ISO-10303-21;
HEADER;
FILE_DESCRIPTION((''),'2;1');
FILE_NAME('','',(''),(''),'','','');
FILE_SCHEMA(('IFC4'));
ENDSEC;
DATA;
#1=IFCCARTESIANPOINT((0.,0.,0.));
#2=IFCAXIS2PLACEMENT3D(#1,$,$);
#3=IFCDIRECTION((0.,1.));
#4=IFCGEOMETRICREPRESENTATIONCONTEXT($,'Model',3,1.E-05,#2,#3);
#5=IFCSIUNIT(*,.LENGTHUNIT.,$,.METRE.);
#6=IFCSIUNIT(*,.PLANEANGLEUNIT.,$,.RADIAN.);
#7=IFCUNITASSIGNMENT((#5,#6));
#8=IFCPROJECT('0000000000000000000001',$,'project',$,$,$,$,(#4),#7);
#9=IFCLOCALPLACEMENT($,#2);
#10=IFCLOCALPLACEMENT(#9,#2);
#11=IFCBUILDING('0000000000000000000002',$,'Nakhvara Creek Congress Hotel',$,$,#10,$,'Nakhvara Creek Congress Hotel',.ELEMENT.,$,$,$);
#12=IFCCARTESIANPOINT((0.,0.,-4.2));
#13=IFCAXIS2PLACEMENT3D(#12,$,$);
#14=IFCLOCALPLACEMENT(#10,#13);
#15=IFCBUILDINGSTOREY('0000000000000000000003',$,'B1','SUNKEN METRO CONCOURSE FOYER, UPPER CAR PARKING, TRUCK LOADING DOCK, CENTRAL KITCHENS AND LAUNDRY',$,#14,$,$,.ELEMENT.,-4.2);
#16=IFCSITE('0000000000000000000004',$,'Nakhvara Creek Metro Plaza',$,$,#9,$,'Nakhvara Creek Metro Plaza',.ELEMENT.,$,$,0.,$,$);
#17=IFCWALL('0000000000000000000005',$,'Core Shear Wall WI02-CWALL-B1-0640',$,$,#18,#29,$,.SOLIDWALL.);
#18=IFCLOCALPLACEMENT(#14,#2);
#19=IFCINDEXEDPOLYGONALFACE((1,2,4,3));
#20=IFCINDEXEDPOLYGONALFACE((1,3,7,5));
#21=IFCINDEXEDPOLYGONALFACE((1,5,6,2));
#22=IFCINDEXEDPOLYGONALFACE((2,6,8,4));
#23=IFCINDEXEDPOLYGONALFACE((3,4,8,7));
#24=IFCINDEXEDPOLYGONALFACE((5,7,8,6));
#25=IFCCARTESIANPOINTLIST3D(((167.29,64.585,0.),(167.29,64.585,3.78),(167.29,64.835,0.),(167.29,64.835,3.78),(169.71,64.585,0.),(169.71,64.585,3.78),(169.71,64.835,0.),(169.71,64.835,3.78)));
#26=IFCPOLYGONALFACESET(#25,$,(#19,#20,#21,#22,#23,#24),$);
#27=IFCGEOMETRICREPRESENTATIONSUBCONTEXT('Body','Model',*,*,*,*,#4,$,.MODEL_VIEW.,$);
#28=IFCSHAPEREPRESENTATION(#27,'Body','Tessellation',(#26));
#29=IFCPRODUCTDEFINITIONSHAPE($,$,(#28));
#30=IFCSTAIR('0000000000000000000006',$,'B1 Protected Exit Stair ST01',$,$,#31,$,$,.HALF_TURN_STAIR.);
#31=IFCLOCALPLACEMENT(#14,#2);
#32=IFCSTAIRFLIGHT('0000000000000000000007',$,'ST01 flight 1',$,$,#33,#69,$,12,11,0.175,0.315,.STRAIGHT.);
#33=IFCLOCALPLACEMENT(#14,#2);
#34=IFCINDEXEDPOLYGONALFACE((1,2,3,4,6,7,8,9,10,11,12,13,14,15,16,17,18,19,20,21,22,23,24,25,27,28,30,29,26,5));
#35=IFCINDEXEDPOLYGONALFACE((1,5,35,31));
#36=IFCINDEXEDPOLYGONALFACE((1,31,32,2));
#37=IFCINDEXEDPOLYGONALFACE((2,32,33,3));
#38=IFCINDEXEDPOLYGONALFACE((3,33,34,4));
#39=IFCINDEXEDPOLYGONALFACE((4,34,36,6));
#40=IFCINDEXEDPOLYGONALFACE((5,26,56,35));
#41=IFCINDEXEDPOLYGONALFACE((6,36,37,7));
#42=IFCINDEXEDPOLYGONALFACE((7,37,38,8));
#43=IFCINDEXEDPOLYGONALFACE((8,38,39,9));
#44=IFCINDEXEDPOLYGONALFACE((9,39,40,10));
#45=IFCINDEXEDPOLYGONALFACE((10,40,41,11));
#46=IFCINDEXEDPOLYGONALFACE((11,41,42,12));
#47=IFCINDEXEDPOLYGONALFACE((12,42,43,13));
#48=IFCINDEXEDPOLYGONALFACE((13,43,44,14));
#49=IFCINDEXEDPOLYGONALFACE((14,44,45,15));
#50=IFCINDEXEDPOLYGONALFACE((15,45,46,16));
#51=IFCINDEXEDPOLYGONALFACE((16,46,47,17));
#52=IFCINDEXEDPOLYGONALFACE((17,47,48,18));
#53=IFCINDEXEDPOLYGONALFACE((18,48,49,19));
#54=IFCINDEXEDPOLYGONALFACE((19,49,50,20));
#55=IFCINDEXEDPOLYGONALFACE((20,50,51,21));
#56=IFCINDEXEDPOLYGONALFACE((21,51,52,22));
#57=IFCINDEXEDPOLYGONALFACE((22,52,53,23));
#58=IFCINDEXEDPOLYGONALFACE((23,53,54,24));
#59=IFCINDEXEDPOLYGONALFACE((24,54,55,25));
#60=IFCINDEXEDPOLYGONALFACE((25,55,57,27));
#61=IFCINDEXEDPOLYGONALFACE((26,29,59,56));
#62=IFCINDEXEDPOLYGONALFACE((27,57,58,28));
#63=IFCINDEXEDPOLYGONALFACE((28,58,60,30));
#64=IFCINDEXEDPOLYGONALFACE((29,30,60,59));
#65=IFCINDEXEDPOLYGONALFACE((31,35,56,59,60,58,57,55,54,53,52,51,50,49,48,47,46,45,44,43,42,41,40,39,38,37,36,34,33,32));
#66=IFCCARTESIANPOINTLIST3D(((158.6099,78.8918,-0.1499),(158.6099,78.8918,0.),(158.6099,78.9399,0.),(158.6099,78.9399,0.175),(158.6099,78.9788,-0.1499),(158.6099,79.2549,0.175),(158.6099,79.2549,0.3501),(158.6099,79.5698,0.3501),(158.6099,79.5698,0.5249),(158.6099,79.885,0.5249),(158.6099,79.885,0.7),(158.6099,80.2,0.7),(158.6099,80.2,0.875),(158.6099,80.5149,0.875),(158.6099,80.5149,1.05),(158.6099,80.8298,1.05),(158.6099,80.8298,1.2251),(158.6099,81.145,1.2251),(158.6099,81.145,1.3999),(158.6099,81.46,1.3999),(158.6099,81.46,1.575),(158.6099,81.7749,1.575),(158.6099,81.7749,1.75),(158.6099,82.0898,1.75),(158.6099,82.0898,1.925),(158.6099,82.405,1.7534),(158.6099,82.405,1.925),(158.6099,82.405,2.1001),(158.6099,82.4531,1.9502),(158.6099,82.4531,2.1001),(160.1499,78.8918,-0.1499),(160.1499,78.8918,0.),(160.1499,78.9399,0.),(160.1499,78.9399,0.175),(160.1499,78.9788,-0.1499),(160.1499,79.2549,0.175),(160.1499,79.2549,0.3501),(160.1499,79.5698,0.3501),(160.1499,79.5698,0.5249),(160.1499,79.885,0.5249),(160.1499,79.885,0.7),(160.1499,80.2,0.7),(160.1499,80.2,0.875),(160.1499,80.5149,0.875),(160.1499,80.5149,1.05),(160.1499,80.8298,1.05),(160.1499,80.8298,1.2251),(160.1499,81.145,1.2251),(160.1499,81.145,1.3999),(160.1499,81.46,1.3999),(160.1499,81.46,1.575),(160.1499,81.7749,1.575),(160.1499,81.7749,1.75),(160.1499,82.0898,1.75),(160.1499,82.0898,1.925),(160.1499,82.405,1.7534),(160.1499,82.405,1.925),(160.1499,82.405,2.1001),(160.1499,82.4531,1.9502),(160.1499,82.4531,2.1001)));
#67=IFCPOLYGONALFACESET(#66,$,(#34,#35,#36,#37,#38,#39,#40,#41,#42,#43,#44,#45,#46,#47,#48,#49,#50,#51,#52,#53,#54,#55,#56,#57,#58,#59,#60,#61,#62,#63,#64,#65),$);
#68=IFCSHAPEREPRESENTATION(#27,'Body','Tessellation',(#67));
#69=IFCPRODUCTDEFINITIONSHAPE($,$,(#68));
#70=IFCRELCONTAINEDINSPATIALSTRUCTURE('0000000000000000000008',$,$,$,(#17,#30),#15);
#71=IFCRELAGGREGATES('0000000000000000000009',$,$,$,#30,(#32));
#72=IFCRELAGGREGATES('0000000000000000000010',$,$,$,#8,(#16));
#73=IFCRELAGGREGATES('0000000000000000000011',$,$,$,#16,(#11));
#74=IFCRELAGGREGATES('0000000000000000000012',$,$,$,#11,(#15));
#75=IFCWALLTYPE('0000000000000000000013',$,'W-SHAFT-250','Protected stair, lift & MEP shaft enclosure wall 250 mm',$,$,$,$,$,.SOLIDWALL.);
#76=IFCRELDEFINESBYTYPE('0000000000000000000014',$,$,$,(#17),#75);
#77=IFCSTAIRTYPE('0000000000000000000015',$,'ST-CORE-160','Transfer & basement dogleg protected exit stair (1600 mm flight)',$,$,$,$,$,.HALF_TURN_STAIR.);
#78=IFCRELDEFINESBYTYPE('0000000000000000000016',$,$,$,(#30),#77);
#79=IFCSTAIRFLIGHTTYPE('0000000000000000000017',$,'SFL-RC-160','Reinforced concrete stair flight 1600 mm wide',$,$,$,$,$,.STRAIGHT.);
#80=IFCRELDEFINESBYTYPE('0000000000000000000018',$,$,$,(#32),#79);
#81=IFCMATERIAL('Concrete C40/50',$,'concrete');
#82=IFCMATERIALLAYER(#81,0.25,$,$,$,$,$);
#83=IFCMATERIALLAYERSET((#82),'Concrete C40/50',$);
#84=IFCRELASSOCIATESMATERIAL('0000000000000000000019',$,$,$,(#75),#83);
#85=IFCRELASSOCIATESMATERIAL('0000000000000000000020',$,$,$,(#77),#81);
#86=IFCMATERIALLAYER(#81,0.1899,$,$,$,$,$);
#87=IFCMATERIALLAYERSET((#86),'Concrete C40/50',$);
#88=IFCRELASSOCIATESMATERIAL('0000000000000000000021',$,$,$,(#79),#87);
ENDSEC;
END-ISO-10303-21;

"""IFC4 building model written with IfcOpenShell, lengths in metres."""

from ifc_helpers import new_model, si_unit, direction, frame, frame_2d, origin, place, context, subcontext, project, spatial, polyline, rectangle, outline, extrude, material, layer, layer_set, type_object, element, aggregate, save


model = new_model("IFC4")

# Units and contexts
model_context = context("Model", 3, precision=1e-05, world=origin(), true_north=direction((0.0, 1.0)))
body_context = subcontext(model_context, "Body", "Model", "MODEL_VIEW")
ifc_project = project(units=[si_unit("LENGTHUNIT", "METRE"), si_unit("PLANEANGLEUNIT", "RADIAN")], contexts=[model_context])

# Site, building, storey
site_placement = place(None, origin())
site = spatial("IfcSite", under=ifc_project, at=site_placement, Name="Nakhvara Creek Metro Plaza", LongName="Nakhvara Creek Metro Plaza", CompositionType="ELEMENT", RefElevation=0.0)
building_placement = place(site_placement, origin())
building = spatial("IfcBuilding", under=site, at=building_placement, Name="Nakhvara Creek Congress Hotel", LongName="Nakhvara Creek Congress Hotel", CompositionType="ELEMENT")
storey_placement = place(building_placement, frame((0.0, 0.0, -4.2)))
storey = spatial("IfcBuildingStorey", under=building, at=storey_placement, Name="B1", Description="SUNKEN METRO CONCOURSE FOYER, UPPER CAR PARKING, TRUCK LOADING DOCK, CENTRAL KITCHENS AND LAUNDRY", CompositionType="ELEMENT", Elevation=-4.2)

# Shared definitions
ifc_material_1 = material(Name="Concrete C40/50", Category="concrete")

# Shared definitions
ifc_layer_1 = layer(ifc_material_1, 0.25)
ifc_layer_set_1 = layer_set([ifc_layer_1], Name="Concrete C40/50")
wall_type_1 = type_object("IfcWallType", Name="W-SHAFT-250", Description="Protected stair, lift & MEP shaft enclosure wall 250 mm", PredefinedType="SOLIDWALL", material=ifc_layer_set_1)

# Wall
wall_1_placement = place(storey_placement, frame((167.29, 64.71, 0.0), z_axis=(0.0, 0.0, 1.0), x_axis=(1.0, 0.0, 0.0)))
element("IfcWall", 1, at=wall_1_placement, inside=storey, type_object=wall_type_1, Name="Core Shear Wall WI02-CWALL-B1-0640", PredefinedType="SOLIDWALL", context=body_context, shape_type="SweptSolid", body=[
    extrude(rectangle(XDim=2.4199, YDim=0.25, at=frame_2d((1.21, 0.0))), origin(), (0.0, 0.0, 1.0), 3.78),
])

# Stair, stair flight
stair_type = type_object("IfcStairType", Name="ST-CORE-160", Description="Transfer & basement dogleg protected exit stair (1600 mm flight)", PredefinedType="HALF_TURN_STAIR", material=ifc_material_1)
stair_placement = place(storey_placement, origin())
stair = element("IfcStair", 2, at=stair_placement, inside=storey, type_object=stair_type, Name="B1 Protected Exit Stair ST01", PredefinedType="HALF_TURN_STAIR")
ifc_layer_2 = layer(ifc_material_1, 0.1899)
ifc_layer_set_2 = layer_set([ifc_layer_2], Name="Concrete C40/50")
stair_flight_type = type_object("IfcStairFlightType", Name="SFL-RC-160", Description="Reinforced concrete stair flight 1600 mm wide", PredefinedType="STRAIGHT", material=ifc_layer_set_2)
stair_flight_placement = place(storey_placement, frame((159.3799, 78.9399, 0.0), z_axis=(0.0, 0.0, 1.0), x_axis=(0.0, 1.0, 0.0)))
stair_flight = element("IfcStairFlight", 3, at=stair_flight_placement, type_object=stair_flight_type, Name="ST01 flight 1", NumberOfRisers=12, NumberOfTreads=11, PredefinedType="STRAIGHT", RiserHeight=0.175, TreadLength=0.315, context=body_context, shape_type="SweptSolid", body=[
    extrude(outline(polyline([(-0.0481, 0.0), (0.0, 0.0), (0.0, 0.175), (0.3149, 0.175), (0.3149, 0.3501), (0.6299, 0.3501), (0.6299, 0.5249), (0.9451, 0.5249), (0.9451, 0.7), (1.26, 0.7), (1.26, 0.875), (1.575, 0.875), (1.575, 1.05), (1.8899, 1.05), (1.8899, 1.2251), (2.2051, 1.2251), (2.2051, 1.3999), (2.52, 1.3999), (2.52, 1.575), (2.835, 1.575), (2.835, 1.75), (3.1499, 1.75), (3.1499, 1.925), (3.4651, 1.925), (3.4651, 2.1001), (3.5132, 2.1001), (3.5132, 1.9502), (3.4651, 1.7534), (0.0388, -0.1499), (-0.0481, -0.1499), (-0.0481, 0.0)])), frame((0.0, 0.77, 0.0), z_axis=(0.0, -1.0, 0.0), x_axis=(1.0, 0.0, 0.0)), (0.0, 0.0, 1.0), 1.54),
])
aggregate(stair, [stair_flight])

save(model, "model.ifc")
